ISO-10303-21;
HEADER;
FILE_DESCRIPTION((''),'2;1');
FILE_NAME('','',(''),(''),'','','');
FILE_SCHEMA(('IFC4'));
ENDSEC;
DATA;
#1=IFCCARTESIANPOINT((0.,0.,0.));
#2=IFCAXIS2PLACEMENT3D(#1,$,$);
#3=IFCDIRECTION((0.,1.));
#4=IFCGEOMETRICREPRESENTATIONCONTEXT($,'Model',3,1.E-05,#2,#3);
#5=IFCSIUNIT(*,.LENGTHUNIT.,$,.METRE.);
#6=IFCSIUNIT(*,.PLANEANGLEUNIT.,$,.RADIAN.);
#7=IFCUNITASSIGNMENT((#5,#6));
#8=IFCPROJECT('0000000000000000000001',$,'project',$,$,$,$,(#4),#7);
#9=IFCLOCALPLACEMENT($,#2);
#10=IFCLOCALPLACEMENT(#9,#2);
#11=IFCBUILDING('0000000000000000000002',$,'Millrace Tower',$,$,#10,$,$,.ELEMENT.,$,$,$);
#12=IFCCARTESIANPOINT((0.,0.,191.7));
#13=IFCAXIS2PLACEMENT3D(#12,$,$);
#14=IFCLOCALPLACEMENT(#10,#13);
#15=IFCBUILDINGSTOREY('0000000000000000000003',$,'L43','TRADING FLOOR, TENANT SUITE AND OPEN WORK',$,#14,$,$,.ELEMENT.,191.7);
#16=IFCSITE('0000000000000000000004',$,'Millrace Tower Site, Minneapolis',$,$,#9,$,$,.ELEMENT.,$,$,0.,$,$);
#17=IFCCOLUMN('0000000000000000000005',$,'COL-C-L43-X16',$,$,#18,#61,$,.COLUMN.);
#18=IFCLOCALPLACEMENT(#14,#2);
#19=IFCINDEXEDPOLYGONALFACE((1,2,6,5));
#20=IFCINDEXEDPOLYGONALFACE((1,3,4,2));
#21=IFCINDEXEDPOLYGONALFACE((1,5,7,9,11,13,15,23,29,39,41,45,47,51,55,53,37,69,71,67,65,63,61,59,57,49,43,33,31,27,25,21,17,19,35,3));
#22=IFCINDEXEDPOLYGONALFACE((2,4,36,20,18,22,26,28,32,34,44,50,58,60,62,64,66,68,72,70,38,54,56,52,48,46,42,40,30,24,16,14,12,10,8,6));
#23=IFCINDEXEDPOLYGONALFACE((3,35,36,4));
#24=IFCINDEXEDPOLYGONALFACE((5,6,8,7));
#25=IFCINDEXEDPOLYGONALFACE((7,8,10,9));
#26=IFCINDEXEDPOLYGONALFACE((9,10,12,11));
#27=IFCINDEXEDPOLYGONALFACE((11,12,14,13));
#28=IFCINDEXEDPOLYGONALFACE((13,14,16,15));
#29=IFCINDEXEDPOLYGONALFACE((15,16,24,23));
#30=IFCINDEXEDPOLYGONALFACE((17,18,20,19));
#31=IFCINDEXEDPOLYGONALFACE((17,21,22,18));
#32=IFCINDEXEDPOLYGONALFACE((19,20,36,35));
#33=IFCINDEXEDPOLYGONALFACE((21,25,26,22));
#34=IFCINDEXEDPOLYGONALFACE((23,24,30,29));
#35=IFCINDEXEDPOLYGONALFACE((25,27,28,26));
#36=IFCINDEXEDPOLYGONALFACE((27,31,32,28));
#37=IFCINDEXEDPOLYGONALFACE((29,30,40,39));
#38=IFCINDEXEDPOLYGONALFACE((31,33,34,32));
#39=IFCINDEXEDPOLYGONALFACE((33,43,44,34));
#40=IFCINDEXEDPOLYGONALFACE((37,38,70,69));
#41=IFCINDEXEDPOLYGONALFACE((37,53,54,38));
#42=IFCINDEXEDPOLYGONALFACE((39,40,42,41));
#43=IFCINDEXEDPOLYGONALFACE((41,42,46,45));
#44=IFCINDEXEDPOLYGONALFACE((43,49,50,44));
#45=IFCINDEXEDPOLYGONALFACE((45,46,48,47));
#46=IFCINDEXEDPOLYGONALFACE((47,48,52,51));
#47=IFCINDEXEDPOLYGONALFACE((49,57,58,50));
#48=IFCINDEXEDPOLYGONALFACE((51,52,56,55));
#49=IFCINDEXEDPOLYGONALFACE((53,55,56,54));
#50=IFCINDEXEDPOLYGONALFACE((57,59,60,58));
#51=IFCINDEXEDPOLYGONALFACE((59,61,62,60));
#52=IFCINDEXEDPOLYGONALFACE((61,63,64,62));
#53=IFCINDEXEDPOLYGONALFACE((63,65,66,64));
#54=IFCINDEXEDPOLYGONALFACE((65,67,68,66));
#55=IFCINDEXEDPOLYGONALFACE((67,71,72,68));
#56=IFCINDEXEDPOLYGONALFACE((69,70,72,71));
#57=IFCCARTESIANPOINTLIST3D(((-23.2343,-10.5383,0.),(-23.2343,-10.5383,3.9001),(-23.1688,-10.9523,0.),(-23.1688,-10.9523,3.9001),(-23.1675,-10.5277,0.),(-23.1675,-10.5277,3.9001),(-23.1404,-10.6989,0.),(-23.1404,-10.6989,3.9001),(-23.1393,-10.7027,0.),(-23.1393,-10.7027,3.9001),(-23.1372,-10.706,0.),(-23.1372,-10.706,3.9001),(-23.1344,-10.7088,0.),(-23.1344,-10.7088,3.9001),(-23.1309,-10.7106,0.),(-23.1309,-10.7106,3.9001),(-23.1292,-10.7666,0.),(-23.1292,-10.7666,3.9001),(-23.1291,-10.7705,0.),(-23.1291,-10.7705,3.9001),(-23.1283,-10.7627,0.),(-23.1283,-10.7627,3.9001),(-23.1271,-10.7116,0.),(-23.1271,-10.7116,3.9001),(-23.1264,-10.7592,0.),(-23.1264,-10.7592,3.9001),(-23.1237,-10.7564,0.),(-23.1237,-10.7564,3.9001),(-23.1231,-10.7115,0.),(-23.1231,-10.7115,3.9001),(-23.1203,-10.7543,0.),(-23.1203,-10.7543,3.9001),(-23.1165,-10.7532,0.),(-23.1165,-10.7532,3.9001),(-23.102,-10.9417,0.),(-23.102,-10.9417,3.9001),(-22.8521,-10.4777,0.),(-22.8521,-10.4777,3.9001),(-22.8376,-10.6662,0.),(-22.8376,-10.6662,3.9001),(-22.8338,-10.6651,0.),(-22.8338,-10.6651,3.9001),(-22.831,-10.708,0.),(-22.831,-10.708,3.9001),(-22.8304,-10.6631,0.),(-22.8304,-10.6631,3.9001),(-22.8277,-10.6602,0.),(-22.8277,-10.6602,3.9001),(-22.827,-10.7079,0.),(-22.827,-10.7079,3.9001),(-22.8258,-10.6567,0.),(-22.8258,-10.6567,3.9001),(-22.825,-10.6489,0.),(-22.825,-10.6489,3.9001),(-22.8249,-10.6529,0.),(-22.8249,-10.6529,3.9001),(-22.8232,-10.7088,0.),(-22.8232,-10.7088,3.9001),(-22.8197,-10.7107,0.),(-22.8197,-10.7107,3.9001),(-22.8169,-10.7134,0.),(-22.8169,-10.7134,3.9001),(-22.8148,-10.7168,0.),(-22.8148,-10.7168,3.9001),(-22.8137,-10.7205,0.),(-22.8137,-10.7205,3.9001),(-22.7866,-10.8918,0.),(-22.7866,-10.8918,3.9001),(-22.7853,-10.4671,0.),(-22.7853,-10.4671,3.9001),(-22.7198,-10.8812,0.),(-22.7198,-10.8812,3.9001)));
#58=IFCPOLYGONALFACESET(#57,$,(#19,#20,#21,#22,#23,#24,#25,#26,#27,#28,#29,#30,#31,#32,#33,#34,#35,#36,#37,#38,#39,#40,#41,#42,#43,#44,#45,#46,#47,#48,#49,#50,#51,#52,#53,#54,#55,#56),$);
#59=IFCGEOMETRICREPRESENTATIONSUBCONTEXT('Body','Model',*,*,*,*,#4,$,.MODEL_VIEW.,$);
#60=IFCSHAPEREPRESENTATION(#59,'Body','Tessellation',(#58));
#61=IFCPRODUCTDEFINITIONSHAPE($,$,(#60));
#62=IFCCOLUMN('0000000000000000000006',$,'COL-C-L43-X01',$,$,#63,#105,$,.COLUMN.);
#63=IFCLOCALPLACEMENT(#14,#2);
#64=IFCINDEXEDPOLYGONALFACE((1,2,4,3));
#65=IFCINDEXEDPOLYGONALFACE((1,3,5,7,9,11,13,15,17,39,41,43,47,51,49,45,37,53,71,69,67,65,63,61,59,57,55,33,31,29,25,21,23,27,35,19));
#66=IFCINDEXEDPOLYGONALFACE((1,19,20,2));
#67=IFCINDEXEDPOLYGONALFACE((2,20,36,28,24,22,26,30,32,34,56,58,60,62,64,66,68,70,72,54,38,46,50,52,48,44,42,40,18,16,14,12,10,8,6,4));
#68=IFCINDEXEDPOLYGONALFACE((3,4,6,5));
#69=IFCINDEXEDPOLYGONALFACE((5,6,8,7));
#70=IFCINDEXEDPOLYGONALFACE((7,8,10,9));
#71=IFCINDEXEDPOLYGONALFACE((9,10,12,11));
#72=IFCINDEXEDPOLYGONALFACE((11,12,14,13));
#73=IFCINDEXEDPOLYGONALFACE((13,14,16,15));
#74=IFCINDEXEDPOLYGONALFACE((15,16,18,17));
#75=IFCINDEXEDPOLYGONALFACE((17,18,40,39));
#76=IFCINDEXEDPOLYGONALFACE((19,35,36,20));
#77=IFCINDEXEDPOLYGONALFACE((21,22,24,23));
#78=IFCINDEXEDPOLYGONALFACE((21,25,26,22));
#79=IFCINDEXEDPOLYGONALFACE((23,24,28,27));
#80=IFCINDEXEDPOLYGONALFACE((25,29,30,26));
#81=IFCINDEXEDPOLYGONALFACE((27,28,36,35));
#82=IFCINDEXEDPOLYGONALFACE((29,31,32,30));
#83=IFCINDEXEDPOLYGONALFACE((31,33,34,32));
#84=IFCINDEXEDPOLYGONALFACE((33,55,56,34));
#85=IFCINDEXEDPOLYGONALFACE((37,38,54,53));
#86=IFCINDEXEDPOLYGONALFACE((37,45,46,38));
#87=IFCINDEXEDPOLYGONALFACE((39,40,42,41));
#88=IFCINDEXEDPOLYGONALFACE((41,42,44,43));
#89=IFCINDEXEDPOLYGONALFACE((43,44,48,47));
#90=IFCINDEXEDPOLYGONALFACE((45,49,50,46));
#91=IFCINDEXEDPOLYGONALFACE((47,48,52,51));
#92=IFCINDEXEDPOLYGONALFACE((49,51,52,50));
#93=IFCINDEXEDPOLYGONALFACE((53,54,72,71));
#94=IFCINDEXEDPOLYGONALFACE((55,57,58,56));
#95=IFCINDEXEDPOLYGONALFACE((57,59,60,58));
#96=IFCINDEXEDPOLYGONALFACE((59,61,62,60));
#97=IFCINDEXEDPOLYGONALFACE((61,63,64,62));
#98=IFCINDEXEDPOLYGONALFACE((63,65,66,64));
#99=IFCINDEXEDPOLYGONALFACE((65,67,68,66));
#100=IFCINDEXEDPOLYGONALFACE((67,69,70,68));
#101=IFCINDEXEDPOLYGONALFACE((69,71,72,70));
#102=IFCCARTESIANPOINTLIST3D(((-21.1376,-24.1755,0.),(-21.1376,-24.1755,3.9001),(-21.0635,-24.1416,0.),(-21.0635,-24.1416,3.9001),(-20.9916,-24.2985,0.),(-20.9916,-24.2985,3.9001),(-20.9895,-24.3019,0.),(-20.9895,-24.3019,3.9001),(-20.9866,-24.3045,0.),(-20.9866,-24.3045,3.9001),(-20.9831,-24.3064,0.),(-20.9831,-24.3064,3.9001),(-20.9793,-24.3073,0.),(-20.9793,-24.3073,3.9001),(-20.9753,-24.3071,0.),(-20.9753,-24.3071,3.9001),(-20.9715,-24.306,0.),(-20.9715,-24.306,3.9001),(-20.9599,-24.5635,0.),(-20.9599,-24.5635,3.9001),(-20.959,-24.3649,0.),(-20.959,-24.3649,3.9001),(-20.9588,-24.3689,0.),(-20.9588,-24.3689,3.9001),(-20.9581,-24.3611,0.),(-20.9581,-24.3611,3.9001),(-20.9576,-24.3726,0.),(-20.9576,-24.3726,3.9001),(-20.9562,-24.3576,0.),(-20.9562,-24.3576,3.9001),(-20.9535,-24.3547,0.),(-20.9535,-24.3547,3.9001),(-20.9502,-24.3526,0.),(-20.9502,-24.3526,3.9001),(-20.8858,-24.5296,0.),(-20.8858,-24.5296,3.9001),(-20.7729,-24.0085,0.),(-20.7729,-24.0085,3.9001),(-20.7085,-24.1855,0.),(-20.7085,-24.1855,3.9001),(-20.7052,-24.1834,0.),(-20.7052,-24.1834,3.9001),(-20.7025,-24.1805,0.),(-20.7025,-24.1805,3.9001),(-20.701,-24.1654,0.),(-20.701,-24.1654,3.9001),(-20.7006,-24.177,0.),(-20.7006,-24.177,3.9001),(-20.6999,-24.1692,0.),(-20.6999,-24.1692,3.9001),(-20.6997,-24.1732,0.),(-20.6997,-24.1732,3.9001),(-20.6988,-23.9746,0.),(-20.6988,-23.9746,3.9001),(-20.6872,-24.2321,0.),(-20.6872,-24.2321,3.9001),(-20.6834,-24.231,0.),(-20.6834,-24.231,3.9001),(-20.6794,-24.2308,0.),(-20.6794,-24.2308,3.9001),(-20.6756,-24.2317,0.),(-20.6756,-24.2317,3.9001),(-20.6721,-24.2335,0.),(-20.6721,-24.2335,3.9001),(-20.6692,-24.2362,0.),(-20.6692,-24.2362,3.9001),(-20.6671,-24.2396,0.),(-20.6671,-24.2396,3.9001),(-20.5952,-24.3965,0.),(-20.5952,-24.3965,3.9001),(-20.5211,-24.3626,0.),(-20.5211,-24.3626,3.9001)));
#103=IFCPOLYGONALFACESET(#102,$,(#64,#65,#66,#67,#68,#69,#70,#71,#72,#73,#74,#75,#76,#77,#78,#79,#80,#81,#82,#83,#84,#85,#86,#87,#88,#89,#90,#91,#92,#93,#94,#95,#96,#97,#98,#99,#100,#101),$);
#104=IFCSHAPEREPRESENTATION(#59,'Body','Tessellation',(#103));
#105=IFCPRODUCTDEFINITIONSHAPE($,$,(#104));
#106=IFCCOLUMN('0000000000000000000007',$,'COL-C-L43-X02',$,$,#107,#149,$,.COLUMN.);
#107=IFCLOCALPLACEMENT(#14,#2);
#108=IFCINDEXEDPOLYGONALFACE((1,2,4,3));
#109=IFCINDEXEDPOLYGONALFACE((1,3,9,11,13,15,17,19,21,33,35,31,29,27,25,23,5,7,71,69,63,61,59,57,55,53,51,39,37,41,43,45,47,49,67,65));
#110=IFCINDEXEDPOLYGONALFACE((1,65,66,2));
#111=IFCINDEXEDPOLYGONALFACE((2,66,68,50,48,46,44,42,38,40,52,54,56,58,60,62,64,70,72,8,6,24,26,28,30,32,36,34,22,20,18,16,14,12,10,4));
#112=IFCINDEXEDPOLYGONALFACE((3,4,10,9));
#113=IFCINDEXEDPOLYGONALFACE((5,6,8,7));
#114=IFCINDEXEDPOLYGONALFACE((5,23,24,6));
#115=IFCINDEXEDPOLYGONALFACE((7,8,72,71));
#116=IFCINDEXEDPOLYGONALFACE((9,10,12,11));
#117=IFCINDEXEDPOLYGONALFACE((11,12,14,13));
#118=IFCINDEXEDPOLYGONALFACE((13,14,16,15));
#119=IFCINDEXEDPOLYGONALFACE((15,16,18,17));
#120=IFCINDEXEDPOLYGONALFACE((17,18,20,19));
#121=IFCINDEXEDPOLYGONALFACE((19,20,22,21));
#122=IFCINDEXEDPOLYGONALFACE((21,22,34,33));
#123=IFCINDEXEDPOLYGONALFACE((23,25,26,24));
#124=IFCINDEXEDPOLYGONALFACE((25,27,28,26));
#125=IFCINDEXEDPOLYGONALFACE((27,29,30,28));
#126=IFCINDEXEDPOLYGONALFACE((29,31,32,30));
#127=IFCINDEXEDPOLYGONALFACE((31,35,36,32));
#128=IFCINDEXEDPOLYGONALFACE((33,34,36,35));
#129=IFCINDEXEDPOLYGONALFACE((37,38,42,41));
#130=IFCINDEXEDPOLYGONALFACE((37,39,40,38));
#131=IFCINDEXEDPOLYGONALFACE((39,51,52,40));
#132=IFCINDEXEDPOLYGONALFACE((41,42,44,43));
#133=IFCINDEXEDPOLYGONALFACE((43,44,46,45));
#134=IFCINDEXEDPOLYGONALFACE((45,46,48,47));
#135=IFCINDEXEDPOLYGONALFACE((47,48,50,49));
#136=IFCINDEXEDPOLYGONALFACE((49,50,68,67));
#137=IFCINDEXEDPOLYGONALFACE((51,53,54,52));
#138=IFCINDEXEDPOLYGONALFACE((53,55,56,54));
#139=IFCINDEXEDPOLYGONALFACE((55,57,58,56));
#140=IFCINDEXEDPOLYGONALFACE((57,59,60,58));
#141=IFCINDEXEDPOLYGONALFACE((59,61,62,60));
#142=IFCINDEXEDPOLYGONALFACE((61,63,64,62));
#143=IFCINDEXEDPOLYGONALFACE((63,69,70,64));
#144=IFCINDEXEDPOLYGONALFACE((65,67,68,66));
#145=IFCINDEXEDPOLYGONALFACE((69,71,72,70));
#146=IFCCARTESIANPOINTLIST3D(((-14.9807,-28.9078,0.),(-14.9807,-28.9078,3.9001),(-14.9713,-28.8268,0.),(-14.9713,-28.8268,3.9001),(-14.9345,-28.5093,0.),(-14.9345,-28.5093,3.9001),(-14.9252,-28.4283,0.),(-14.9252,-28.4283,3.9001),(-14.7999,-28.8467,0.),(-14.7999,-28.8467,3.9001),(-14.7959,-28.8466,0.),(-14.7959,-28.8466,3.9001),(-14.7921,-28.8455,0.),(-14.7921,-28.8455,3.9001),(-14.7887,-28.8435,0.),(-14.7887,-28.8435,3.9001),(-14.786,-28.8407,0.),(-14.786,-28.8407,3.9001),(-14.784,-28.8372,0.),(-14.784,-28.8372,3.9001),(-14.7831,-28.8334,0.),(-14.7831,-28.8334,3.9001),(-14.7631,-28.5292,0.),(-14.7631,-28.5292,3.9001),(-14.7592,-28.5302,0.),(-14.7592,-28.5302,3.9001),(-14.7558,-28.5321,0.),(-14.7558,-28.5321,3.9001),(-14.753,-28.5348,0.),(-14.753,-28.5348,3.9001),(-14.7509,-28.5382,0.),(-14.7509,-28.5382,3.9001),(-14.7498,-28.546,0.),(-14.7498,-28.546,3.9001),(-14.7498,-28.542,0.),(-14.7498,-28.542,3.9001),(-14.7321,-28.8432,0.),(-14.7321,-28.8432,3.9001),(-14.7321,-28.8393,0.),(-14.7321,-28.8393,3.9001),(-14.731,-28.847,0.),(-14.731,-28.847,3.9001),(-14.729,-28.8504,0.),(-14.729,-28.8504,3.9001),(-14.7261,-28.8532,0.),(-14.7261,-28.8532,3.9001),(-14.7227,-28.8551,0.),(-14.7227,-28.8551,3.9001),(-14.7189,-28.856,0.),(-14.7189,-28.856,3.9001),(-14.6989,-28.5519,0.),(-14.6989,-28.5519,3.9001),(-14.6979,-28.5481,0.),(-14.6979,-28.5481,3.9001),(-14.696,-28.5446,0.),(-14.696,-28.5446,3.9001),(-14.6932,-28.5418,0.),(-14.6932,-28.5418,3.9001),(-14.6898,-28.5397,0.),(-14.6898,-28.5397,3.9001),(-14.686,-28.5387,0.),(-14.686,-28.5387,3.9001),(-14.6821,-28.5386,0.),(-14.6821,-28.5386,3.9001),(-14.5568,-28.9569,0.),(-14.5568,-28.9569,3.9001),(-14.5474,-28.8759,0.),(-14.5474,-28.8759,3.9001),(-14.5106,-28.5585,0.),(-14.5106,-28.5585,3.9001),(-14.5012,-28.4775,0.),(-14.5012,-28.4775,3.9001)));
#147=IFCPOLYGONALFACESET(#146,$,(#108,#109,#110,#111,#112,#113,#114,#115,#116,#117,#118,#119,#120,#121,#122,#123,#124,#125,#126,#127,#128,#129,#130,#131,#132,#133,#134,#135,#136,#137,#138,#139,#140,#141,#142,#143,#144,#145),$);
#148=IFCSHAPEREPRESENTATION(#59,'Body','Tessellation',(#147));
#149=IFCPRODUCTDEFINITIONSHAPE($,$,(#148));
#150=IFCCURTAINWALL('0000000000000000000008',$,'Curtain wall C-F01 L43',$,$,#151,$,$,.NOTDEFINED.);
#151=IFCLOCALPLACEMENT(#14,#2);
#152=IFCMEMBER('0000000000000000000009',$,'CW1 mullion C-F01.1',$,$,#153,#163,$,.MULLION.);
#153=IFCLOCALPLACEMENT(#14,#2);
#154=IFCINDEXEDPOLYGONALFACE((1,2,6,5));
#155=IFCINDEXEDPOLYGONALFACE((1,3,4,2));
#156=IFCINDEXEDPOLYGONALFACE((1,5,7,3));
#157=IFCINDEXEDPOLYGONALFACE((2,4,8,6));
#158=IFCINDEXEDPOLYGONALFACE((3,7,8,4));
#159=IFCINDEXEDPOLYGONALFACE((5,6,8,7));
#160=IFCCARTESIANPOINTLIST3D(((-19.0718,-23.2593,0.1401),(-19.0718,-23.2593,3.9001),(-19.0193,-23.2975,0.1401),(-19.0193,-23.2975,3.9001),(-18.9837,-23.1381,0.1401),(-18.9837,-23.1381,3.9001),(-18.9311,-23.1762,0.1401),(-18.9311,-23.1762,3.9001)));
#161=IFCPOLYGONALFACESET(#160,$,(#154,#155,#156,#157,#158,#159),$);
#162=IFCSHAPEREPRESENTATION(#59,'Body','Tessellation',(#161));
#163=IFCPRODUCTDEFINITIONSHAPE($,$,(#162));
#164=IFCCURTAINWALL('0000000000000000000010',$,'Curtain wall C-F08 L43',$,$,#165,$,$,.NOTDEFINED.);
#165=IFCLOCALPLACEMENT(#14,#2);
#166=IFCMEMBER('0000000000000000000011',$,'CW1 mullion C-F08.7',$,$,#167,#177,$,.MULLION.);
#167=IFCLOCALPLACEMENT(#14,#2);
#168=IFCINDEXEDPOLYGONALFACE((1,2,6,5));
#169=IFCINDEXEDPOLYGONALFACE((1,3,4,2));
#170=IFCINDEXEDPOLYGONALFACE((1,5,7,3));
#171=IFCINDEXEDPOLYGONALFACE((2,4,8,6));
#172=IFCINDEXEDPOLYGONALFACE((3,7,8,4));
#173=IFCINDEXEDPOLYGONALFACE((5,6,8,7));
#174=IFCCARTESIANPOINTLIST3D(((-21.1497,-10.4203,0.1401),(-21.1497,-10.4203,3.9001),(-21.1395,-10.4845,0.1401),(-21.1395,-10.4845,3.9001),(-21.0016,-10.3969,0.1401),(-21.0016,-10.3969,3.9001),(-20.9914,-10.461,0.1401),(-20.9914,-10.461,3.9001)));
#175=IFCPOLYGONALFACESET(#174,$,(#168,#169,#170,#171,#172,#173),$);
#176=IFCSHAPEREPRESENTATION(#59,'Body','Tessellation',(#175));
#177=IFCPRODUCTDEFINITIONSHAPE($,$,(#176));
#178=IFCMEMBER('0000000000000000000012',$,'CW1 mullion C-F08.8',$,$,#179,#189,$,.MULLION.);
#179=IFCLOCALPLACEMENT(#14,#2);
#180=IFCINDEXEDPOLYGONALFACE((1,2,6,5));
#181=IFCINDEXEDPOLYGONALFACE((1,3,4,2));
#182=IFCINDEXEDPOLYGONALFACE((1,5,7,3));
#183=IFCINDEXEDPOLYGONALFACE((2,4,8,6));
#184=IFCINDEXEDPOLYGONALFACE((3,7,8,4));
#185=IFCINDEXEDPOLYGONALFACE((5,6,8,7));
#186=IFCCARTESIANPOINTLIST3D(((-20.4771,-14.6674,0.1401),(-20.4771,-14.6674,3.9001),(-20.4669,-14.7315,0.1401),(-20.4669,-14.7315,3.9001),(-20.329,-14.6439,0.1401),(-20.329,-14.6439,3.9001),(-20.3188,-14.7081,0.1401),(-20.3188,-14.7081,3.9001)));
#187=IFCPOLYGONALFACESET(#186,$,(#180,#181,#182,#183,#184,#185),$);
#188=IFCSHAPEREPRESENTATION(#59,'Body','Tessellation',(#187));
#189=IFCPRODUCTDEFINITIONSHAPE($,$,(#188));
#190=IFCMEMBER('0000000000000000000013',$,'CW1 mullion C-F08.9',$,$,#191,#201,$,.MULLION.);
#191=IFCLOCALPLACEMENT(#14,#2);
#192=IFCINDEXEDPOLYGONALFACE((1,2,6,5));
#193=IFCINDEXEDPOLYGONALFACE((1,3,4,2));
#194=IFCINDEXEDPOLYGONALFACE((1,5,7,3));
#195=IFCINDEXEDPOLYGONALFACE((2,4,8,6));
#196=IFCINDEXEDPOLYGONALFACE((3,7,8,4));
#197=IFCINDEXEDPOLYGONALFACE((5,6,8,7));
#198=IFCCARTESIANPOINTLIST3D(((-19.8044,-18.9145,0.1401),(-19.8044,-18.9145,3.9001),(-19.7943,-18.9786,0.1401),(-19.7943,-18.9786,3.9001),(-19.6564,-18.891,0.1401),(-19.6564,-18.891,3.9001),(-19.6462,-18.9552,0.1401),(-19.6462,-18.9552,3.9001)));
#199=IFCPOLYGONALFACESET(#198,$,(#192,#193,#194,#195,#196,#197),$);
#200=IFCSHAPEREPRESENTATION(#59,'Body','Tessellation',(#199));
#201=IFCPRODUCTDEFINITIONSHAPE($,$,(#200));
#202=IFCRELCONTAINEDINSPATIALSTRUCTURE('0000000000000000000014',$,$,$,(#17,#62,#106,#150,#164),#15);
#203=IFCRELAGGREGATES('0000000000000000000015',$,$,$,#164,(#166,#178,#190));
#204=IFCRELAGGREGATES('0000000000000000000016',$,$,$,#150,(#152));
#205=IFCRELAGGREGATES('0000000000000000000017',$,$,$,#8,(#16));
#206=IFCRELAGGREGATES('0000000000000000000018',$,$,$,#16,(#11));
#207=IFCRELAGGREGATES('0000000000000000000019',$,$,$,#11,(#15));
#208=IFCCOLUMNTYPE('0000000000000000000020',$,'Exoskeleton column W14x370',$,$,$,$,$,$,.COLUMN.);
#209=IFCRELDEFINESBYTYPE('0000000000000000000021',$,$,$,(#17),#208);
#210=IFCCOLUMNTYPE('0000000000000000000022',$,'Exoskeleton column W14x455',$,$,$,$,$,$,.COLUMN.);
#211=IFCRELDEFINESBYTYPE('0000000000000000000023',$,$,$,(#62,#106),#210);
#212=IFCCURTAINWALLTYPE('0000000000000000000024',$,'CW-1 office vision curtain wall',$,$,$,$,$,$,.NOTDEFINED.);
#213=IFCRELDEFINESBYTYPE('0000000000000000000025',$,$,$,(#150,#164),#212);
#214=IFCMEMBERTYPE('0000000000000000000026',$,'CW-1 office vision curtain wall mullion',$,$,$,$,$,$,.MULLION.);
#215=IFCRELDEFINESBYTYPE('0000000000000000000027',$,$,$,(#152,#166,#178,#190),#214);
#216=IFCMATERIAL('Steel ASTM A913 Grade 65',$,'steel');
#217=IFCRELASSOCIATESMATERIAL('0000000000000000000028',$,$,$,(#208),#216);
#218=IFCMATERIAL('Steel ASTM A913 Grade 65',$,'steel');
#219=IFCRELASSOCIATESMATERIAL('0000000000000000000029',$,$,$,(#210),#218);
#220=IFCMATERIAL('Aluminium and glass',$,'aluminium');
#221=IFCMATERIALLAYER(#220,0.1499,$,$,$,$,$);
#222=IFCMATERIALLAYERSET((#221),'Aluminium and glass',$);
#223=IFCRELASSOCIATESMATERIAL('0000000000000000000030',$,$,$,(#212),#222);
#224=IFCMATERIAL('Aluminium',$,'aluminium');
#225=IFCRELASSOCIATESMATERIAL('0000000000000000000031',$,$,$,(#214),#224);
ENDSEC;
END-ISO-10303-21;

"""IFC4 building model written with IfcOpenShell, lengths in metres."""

from ifc_helpers import new_model, si_unit, direction, frame, origin, origin_2d, place, context, subcontext, project, spatial, rectangle, i_section, extrude, material, layer, layer_set, material_profile, profile_set, type_object, element, aggregate, save


model = new_model("IFC4")

# Units and contexts
model_context = context("Model", 3, precision=1e-05, world=origin(), true_north=direction((0.0, 1.0)))
body_context = subcontext(model_context, "Body", "Model", "MODEL_VIEW")
ifc_project = project(units=[si_unit("LENGTHUNIT", "METRE"), si_unit("PLANEANGLEUNIT", "RADIAN")], contexts=[model_context])

# Site, building, storey
site_placement = place(None, origin())
site = spatial("IfcSite", under=ifc_project, at=site_placement, Name="Millrace Tower Site, Minneapolis", CompositionType="ELEMENT", RefElevation=0.0)
building_placement = place(site_placement, origin())
building = spatial("IfcBuilding", under=site, at=building_placement, Name="Millrace Tower", CompositionType="ELEMENT")
storey_placement = place(building_placement, frame((0.0, 0.0, 191.7)))
storey = spatial("IfcBuildingStorey", under=building, at=storey_placement, Name="L43", Description="TRADING FLOOR, TENANT SUITE AND OPEN WORK", CompositionType="ELEMENT", Elevation=191.7)

# Columns
ifc_material_1 = material(Name="Steel ASTM A913 Grade 65", Category="steel")
ifc_material_profile_1 = material_profile(ifc_material_1, i_section(OverallWidth=0.4192, OverallDepth=0.4546, WebThickness=0.0422, FlangeThickness=0.0676, FilletRadius=0.0151, at=origin_2d()))
ifc_profile_set_1 = profile_set([ifc_material_profile_1], Name="Steel ASTM A913 Grade 65")
column_type_1 = type_object("IfcColumnType", Name="Exoskeleton column W14x370", PredefinedType="COLUMN", material=ifc_profile_set_1)
column_placement = place(storey_placement, frame((-22.9771, -10.7097, 0.0), z_axis=(0.0, 0.0, 1.0), x_axis=(0.156434, -0.987688, 0.0)))
element("IfcColumn", 1, at=column_placement, inside=storey, type_object=column_type_1, Name="COL-C-L43-X16", PredefinedType="COLUMN", context=body_context, shape_type="SweptSolid", body=[
    extrude(i_section(OverallWidth=0.4192, OverallDepth=0.4546, WebThickness=0.0422, FlangeThickness=0.0676, FilletRadius=0.0151, at=origin_2d()), origin(), (0.0, 0.0, 1.0), 3.9001),
])
ifc_material_2 = material(Name="Steel ASTM A913 Grade 65", Category="steel")
ifc_material_profile_2 = material_profile(ifc_material_2, i_section(OverallWidth=0.4268, OverallDepth=0.4827, WebThickness=0.0513, FlangeThickness=0.0815, FilletRadius=0.0151, at=origin_2d()))
ifc_profile_set_2 = profile_set([ifc_material_profile_2], Name="Steel ASTM A913 Grade 65")
column_type_2 = type_object("IfcColumnType", Name="Exoskeleton column W14x455", PredefinedType="COLUMN", material=ifc_profile_set_2)
for number, where, z_axis, x_axis, name in (
    (2, (-20.8293, -24.269, 0.0), (0.0, 0.0, 1.0), (0.416401, -0.909181, 0.0), "COL-C-L43-X01"),
    (3, (-14.741, -28.6926, 0.0), (0.0, 0.0, 1.0), (0.993358, -0.115069, 0.0), "COL-C-L43-X02"),
):
    element("IfcColumn", number, at=place(storey_placement, frame(where, z_axis=z_axis, x_axis=x_axis)), inside=storey, type_object=column_type_2, Name=name, PredefinedType="COLUMN", context=body_context, shape_type="SweptSolid", body=[
        extrude(i_section(OverallWidth=0.4268, OverallDepth=0.4827, WebThickness=0.0513, FlangeThickness=0.0815, FilletRadius=0.0151, at=origin_2d()), origin(), (0.0, 0.0, 1.0), 3.9001),
    ])

# Curtain wall, member
ifc_material_3 = material(Name="Aluminium and glass", Category="aluminium")
ifc_layer_1 = layer(ifc_material_3, 0.1499)
ifc_layer_set_1 = layer_set([ifc_layer_1], Name="Aluminium and glass")
curtain_wall_type = type_object("IfcCurtainWallType", Name="CW-1 office vision curtain wall", PredefinedType="NOTDEFINED", material=ifc_layer_set_1)
placement = place(storey_placement, origin())
curtain_wall_1 = element("IfcCurtainWall", 4, at=placement, inside=storey, type_object=curtain_wall_type, Name="Curtain wall C-F01 L43", PredefinedType="NOTDEFINED")
ifc_material_4 = material(Name="Aluminium", Category="aluminium")
ifc_material_profile_3 = material_profile(ifc_material_4, rectangle(XDim=0.0649, YDim=0.1499, at=origin_2d()))
ifc_profile_set_3 = profile_set([ifc_material_profile_3], Name="Aluminium")
member_type_1 = type_object("IfcMemberType", Name="CW-1 office vision curtain wall mullion", PredefinedType="MULLION", material=ifc_profile_set_3)
member_1_placement = place(storey_placement, frame((-19.0015, -23.2178, 0.1401), z_axis=(0.0, 0.0, 1.0), x_axis=(0.809017, -0.587785, 0.0)))
member_1 = element("IfcMember", 5, at=member_1_placement, type_object=member_type_1, Name="CW1 mullion C-F01.1", PredefinedType="MULLION", context=body_context, shape_type="SweptSolid", body=[
    extrude(rectangle(XDim=0.0649, YDim=0.1499, at=origin_2d()), origin(), (0.0, 0.0, 1.0), 3.76),
])

# Curtain wall, members
curtain_wall_2 = element("IfcCurtainWall", 6, at=placement, inside=storey, type_object=curtain_wall_type, Name="Curtain wall C-F08 L43", PredefinedType="NOTDEFINED")
member_2_placement = place(storey_placement, frame((-21.0706, -10.4407, 0.1401), z_axis=(0.0, 0.0, 1.0), x_axis=(0.156434, -0.987688, 0.0)))
member_2 = element("IfcMember", 7, at=member_2_placement, type_object=member_type_1, Name="CW1 mullion C-F08.7", PredefinedType="MULLION", context=body_context, shape_type="SweptSolid", body=[
    extrude(rectangle(XDim=0.0649, YDim=0.1499, at=origin_2d()), origin(), (0.0, 0.0, 1.0), 3.76),
])
member_3_placement = place(storey_placement, frame((-20.3979, -14.6877, 0.1401), z_axis=(0.0, 0.0, 1.0), x_axis=(0.156434, -0.987688, 0.0)))
member_3 = element("IfcMember", 8, at=member_3_placement, type_object=member_type_1, Name="CW1 mullion C-F08.8", PredefinedType="MULLION", context=body_context, shape_type="SweptSolid", body=[
    extrude(rectangle(XDim=0.0649, YDim=0.1499, at=origin_2d()), origin(), (0.0, 0.0, 1.0), 3.76),
])
member_4_placement = place(storey_placement, frame((-19.7253, -18.9348, 0.1401), z_axis=(0.0, 0.0, 1.0), x_axis=(0.156434, -0.987688, 0.0)))
member_4 = element("IfcMember", 9, at=member_4_placement, type_object=member_type_1, Name="CW1 mullion C-F08.9", PredefinedType="MULLION", context=body_context, shape_type="SweptSolid", body=[
    extrude(rectangle(XDim=0.0649, YDim=0.1499, at=origin_2d()), origin(), (0.0, 0.0, 1.0), 3.76),
])
aggregate(curtain_wall_2, [member_2, member_3, member_4])

aggregate(curtain_wall_1, [member_1])

save(model, "model.ifc")
